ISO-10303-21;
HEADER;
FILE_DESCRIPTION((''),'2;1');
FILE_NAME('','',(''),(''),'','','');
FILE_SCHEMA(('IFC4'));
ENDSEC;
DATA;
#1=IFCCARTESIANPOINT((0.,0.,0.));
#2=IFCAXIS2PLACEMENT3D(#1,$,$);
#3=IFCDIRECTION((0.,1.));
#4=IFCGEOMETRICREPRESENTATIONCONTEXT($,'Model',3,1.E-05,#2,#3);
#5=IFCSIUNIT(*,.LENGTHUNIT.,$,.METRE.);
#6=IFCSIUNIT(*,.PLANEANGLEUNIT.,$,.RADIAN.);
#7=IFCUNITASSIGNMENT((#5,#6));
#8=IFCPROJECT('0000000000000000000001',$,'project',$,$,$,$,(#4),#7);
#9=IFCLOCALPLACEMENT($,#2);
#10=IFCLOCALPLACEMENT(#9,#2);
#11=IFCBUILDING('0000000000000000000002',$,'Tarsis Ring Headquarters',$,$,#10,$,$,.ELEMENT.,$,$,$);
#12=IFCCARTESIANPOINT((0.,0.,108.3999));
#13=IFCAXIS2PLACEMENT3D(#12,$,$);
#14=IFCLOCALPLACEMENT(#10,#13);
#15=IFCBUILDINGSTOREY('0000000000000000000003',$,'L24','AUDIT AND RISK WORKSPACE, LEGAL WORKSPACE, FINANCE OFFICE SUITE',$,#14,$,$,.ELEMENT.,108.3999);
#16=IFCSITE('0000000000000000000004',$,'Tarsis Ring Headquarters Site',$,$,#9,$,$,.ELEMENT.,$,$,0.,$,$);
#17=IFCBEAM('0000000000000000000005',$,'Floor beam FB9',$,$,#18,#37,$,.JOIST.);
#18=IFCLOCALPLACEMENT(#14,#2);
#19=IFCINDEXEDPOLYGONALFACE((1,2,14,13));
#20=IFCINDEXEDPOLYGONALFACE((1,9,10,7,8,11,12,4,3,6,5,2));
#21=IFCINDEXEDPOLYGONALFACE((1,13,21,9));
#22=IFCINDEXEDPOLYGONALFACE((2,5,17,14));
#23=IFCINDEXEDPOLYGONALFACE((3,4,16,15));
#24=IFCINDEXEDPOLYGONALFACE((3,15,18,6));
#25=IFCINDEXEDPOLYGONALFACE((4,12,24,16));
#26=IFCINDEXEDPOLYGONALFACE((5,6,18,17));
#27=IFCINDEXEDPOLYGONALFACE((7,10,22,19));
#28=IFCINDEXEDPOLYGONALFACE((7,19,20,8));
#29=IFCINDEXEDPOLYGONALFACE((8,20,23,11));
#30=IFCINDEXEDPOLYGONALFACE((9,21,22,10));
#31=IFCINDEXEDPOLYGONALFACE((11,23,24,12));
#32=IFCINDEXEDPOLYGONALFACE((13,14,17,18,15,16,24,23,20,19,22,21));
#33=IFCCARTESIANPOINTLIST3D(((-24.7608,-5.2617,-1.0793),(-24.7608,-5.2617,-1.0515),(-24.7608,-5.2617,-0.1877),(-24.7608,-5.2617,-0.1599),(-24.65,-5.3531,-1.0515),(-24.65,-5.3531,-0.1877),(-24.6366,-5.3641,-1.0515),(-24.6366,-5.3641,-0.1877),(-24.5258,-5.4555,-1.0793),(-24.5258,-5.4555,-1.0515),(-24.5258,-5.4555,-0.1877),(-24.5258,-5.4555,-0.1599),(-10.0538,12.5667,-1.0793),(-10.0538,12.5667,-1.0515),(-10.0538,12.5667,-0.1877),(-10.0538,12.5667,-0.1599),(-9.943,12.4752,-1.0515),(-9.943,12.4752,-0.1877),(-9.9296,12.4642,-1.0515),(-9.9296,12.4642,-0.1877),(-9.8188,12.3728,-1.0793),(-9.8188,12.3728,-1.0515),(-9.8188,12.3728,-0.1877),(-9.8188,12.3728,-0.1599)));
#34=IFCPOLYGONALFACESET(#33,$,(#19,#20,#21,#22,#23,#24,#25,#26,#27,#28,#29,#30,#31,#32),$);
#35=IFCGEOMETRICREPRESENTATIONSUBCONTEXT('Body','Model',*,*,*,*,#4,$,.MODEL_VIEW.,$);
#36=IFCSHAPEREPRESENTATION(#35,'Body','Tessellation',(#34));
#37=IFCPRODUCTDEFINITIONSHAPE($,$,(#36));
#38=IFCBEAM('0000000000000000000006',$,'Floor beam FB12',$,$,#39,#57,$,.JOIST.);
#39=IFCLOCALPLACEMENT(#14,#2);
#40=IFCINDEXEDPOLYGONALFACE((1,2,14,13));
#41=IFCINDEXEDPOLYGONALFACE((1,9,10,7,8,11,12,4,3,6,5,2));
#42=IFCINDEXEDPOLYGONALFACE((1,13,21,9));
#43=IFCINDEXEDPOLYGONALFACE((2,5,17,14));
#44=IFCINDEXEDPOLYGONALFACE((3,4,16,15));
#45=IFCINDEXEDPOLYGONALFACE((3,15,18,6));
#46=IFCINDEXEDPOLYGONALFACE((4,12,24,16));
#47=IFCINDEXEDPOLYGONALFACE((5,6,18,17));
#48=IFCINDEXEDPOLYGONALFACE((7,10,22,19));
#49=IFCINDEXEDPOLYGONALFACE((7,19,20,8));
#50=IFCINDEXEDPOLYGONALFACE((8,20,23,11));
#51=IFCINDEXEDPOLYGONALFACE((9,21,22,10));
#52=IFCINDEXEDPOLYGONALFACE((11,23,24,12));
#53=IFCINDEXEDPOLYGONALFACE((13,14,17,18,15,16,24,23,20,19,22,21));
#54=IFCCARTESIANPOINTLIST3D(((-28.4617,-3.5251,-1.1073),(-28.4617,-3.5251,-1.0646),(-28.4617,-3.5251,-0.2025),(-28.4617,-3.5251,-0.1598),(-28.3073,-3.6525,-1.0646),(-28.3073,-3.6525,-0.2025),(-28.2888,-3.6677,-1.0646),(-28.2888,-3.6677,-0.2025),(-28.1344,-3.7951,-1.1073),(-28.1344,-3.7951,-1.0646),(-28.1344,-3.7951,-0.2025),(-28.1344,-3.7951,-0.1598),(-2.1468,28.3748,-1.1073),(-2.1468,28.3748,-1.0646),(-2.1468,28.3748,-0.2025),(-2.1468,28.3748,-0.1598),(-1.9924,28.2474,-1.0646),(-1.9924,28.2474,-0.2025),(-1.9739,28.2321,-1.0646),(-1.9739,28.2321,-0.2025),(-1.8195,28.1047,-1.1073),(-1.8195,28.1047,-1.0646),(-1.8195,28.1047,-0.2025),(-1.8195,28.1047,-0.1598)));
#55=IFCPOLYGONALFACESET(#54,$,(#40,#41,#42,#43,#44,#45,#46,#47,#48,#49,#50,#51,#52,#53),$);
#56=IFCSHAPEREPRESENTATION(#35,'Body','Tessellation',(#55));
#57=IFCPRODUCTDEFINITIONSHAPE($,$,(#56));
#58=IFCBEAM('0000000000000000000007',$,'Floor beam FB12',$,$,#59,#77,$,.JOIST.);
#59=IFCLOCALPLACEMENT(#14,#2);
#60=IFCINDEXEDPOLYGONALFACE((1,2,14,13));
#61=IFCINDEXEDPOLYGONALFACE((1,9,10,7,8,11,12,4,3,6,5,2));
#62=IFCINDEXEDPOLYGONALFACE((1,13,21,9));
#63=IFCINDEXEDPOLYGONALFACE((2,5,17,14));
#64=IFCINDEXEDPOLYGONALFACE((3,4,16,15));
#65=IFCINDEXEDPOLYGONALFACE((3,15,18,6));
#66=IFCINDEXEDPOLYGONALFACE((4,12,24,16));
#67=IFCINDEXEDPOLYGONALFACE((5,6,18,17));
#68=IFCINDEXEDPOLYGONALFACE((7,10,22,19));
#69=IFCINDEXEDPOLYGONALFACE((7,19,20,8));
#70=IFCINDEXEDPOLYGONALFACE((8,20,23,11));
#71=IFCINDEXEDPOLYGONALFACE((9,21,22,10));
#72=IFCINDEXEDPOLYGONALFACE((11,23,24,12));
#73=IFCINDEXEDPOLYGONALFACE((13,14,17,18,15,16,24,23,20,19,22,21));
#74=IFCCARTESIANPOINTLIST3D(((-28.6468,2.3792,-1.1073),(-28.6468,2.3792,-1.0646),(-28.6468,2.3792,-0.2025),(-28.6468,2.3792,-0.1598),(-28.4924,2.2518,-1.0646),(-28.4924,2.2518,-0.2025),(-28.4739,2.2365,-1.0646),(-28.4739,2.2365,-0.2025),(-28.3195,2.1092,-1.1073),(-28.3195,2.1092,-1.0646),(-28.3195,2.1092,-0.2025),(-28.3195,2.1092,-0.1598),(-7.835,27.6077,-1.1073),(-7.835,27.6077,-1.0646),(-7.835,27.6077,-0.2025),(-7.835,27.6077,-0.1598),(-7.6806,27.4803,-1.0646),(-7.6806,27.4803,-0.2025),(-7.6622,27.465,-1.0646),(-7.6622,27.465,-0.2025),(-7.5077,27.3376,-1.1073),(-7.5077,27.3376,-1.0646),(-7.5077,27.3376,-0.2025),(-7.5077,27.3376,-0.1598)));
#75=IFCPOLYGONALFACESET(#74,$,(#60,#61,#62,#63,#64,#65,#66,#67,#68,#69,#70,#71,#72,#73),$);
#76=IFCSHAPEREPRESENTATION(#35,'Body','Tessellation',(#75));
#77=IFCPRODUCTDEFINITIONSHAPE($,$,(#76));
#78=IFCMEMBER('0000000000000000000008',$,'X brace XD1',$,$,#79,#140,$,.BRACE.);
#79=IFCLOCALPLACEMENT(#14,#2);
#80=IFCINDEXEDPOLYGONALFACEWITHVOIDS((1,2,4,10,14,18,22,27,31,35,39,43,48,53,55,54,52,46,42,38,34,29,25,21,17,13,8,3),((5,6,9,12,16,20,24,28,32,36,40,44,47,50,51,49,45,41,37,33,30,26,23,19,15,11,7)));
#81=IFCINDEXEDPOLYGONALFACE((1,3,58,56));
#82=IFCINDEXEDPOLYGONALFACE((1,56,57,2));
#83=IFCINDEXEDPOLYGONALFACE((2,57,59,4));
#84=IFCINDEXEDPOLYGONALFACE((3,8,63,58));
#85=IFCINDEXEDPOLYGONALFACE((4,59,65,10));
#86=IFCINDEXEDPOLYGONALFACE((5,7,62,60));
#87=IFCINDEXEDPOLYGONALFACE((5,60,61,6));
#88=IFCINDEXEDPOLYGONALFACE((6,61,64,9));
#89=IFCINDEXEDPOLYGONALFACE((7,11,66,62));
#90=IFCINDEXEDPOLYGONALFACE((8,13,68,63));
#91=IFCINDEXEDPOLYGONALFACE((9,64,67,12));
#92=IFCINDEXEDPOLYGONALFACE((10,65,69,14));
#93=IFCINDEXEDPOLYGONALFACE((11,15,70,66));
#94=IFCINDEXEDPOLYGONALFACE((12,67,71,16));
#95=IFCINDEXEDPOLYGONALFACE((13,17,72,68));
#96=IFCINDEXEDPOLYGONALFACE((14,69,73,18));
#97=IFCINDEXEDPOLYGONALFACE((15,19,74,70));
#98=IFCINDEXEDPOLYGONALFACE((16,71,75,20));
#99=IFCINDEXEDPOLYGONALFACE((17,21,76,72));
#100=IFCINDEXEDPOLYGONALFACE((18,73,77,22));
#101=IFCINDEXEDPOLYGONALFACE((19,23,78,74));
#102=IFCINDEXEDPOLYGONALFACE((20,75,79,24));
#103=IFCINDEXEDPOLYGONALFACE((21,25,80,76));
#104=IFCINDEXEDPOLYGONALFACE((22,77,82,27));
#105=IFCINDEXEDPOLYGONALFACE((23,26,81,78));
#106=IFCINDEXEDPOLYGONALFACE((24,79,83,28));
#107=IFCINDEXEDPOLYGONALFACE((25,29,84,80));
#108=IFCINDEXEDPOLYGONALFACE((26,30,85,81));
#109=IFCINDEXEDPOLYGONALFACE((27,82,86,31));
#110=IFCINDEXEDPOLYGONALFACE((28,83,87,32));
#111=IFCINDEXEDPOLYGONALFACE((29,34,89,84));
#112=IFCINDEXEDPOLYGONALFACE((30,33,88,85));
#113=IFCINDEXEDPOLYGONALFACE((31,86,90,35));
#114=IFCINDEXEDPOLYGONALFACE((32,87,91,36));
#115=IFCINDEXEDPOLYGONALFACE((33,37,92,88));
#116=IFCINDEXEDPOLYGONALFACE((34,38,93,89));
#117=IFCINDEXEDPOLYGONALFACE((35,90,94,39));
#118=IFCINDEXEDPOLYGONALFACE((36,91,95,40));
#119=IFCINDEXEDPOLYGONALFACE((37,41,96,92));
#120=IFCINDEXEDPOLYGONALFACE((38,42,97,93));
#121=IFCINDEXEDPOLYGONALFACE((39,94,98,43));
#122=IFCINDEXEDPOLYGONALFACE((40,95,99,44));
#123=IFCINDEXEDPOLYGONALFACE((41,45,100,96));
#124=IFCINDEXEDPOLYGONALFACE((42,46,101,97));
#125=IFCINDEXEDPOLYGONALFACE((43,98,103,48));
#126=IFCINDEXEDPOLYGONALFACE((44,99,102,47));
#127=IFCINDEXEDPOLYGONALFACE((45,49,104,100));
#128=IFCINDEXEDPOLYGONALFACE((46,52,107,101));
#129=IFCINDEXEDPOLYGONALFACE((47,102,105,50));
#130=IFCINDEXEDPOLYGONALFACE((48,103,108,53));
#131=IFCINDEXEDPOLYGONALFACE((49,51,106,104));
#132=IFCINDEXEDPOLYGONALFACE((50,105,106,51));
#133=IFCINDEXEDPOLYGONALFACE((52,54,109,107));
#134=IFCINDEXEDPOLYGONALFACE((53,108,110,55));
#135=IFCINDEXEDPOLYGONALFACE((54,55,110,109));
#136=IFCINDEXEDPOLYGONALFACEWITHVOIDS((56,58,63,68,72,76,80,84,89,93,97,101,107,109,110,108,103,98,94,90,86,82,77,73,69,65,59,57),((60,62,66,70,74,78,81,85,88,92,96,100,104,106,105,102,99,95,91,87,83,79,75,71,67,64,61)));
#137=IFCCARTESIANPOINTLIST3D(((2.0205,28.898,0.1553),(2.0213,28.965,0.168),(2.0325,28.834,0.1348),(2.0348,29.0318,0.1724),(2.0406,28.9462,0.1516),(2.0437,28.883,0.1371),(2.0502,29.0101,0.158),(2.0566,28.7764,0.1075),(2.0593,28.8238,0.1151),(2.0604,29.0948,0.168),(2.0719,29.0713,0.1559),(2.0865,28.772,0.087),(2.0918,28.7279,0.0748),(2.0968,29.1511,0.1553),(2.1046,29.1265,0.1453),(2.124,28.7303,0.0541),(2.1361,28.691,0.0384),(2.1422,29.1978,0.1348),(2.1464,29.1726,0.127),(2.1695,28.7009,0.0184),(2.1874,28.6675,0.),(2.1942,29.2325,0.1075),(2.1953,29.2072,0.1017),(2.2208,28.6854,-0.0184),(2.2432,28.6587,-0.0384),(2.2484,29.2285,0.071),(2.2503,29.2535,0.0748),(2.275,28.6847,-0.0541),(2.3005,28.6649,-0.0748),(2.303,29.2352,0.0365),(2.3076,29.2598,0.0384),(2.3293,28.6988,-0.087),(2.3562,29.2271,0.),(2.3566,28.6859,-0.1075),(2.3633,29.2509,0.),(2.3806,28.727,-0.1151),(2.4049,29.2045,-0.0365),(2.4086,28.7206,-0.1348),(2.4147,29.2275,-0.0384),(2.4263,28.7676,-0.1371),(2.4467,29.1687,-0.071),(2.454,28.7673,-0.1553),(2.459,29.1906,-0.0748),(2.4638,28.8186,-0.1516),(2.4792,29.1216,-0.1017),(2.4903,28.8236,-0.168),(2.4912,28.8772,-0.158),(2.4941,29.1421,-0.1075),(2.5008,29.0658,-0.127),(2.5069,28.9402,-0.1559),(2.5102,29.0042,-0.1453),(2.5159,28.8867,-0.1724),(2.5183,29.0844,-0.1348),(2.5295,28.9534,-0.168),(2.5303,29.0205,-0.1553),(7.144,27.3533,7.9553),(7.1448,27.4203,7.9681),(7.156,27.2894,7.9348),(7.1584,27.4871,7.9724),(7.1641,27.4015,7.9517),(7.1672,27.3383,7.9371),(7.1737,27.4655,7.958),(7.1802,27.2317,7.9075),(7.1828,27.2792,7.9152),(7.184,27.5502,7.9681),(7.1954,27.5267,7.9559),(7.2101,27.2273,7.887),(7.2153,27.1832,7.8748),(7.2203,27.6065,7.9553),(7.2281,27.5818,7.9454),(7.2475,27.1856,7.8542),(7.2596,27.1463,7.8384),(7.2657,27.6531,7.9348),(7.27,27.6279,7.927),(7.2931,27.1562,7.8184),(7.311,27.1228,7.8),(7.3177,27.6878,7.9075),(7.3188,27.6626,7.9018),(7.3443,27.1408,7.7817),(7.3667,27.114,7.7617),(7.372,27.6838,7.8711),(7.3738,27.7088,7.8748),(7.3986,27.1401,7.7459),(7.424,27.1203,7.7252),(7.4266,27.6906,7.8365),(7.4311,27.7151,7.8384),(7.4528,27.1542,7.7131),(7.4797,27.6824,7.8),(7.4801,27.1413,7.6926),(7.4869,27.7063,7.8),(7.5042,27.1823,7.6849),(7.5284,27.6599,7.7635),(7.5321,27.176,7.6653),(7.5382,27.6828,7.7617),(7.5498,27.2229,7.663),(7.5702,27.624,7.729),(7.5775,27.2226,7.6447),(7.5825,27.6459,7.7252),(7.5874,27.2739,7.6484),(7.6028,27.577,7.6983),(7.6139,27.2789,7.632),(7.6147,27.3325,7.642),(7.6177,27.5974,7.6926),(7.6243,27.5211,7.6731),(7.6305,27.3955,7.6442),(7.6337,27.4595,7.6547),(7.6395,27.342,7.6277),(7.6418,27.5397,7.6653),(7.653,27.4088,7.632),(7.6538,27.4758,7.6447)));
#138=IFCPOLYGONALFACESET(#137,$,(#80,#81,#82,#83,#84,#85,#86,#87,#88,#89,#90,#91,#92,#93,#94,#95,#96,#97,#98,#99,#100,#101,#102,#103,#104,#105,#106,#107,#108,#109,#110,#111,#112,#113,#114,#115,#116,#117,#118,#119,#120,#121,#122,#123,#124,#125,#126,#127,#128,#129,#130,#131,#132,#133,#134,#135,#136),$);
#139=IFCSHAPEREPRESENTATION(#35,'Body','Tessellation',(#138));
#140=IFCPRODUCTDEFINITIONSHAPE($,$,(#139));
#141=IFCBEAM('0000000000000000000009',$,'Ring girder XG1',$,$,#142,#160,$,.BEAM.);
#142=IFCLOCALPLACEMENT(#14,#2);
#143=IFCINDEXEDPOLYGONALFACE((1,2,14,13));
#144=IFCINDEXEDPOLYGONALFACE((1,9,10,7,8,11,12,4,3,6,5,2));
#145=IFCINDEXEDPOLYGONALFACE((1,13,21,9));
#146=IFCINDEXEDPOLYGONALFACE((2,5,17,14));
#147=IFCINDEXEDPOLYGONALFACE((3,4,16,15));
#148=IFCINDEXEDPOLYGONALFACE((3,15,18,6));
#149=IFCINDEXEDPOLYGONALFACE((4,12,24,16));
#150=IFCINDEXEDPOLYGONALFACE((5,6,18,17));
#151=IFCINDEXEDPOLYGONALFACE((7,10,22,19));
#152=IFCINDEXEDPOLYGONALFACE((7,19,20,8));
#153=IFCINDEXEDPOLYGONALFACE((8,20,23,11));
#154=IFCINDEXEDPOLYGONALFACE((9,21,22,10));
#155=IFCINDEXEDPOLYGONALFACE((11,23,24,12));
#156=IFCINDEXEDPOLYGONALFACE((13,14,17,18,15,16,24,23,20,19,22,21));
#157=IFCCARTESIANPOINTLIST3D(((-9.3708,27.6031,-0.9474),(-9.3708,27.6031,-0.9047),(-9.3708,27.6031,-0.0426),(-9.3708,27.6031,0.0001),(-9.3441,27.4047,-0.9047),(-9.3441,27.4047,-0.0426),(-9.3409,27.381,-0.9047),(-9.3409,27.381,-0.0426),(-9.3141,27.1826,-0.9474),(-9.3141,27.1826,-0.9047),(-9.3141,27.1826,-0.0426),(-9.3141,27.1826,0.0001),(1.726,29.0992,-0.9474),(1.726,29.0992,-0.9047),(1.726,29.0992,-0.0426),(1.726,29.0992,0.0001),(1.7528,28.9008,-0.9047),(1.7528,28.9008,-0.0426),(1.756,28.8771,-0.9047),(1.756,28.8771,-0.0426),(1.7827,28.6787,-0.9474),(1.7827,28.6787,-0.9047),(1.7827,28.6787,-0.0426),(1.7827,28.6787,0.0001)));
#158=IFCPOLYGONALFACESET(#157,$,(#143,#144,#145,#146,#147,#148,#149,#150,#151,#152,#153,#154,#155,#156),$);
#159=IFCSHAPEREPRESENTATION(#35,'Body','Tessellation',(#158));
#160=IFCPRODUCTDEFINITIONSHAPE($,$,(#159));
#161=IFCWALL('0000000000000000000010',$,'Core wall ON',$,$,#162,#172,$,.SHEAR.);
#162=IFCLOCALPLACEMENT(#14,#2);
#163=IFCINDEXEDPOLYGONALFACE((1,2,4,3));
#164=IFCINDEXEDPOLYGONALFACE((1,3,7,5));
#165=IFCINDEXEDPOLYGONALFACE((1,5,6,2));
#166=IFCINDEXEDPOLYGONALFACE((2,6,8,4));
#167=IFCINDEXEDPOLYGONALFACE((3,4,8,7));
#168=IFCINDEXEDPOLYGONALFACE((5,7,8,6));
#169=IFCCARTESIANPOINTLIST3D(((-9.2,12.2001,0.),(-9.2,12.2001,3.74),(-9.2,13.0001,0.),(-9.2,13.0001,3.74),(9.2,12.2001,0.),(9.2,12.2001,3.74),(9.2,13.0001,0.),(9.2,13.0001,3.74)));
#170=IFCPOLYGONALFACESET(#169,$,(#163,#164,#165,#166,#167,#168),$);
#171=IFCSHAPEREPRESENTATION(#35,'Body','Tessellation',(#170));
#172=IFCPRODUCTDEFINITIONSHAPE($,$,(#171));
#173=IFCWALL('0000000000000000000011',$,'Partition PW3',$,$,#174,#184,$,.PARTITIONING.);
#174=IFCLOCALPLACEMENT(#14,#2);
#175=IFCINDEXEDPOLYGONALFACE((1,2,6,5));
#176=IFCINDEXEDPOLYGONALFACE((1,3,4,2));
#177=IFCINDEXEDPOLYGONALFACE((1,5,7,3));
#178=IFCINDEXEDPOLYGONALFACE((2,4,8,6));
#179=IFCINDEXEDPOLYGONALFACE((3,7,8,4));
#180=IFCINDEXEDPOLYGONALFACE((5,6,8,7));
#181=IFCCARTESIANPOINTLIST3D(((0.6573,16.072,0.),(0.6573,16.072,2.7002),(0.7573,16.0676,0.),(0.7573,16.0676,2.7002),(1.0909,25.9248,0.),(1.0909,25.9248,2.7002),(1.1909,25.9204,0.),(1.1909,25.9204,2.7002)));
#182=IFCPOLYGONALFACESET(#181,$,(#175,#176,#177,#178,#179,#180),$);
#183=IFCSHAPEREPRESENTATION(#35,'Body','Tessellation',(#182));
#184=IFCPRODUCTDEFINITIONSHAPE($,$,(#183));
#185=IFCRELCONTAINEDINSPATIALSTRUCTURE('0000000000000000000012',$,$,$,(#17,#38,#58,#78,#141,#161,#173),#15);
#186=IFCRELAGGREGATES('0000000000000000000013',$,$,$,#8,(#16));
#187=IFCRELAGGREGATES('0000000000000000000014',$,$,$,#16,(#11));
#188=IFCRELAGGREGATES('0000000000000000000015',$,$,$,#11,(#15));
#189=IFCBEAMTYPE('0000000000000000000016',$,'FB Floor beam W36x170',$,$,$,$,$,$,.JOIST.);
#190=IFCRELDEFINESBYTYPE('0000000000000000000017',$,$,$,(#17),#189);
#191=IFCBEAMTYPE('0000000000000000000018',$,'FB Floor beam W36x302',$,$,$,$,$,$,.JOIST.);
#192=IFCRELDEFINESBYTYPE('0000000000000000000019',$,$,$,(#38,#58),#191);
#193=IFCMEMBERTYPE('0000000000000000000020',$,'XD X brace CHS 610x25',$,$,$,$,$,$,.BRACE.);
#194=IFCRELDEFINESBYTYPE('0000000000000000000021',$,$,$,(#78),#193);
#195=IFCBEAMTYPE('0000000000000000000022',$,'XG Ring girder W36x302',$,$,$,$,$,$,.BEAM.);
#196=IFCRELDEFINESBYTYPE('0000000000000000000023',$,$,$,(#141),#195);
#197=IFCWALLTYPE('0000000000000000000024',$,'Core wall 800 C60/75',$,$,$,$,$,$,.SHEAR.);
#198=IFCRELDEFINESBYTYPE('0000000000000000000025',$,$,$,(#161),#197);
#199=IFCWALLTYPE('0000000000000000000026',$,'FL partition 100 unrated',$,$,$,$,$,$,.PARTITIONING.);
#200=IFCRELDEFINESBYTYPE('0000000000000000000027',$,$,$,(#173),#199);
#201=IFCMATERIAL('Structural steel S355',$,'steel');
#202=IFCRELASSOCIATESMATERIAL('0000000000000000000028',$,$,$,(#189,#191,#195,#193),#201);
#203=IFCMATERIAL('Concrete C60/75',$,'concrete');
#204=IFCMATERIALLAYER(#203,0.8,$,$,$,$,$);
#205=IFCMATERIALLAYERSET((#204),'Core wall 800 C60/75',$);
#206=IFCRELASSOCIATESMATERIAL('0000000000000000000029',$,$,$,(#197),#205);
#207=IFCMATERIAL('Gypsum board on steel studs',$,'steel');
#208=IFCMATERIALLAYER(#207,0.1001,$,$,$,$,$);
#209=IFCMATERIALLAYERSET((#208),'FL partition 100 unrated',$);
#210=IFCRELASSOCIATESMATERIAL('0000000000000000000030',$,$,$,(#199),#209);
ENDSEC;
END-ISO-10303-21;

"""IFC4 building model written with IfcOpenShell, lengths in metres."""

from ifc_helpers import new_model, si_unit, direction, frame, frame_2d, origin, origin_2d, place, context, subcontext, project, spatial, rectangle, hollow_circle, i_section, extrude, material, layer, layer_set, material_profile, profile_set, type_object, element, save


model = new_model("IFC4")

# Units and contexts
model_context = context("Model", 3, precision=1e-05, world=origin(), true_north=direction((0.0, 1.0)))
body_context = subcontext(model_context, "Body", "Model", "MODEL_VIEW")
ifc_project = project(units=[si_unit("LENGTHUNIT", "METRE"), si_unit("PLANEANGLEUNIT", "RADIAN")], contexts=[model_context])

# Site, building, storey
site_placement = place(None, origin())
site = spatial("IfcSite", under=ifc_project, at=site_placement, Name="Tarsis Ring Headquarters Site", CompositionType="ELEMENT", RefElevation=0.0)
building_placement = place(site_placement, origin())
building = spatial("IfcBuilding", under=site, at=building_placement, Name="Tarsis Ring Headquarters", CompositionType="ELEMENT")
storey_placement = place(building_placement, frame((0.0, 0.0, 108.3999)))
storey = spatial("IfcBuildingStorey", under=building, at=storey_placement, Name="L24", Description="AUDIT AND RISK WORKSPACE, LEGAL WORKSPACE, FINANCE OFFICE SUITE", CompositionType="ELEMENT", Elevation=108.3999)

# Shared definitions
ifc_material_1 = material(Name="Structural steel S355", Category="steel")

# Beams
ifc_material_profile_1 = material_profile(ifc_material_1, i_section(OverallWidth=0.3047, OverallDepth=0.9194, WebThickness=0.0173, FlangeThickness=0.0278, at=origin_2d()), Name="W36x170")
ifc_profile_set_1 = profile_set([ifc_material_profile_1], Name="Structural steel S355")
beam_type_1 = type_object("IfcBeamType", Name="FB Floor beam W36x170", PredefinedType="JOIST", material=ifc_profile_set_1)
beam_1_placement = place(storey_placement, frame((-9.9363, 12.4697, -0.6196), z_axis=(-0.636348, -0.771402, 0.0), x_axis=(0.771402, -0.636348, 0.0)))
element("IfcBeam", 1, at=beam_1_placement, inside=storey, type_object=beam_type_1, Name="Floor beam FB9", PredefinedType="JOIST", context=body_context, shape_type="SweptSolid", body=[
    extrude(i_section(OverallWidth=0.3047, OverallDepth=0.9194, WebThickness=0.0173, FlangeThickness=0.0278, at=origin_2d()), origin(), (0.0, 0.0, 1.0), 23.1116),
])
ifc_material_profile_2 = material_profile(ifc_material_1, i_section(OverallWidth=0.4243, OverallDepth=0.9475, WebThickness=0.0239, FlangeThickness=0.0427, at=origin_2d()), Name="W36x302")
ifc_profile_set_2 = profile_set([ifc_material_profile_2], Name="Structural steel S355")
beam_type_2 = type_object("IfcBeamType", Name="FB Floor beam W36x302", PredefinedType="JOIST", material=ifc_profile_set_2)
beam_2_placement = place(storey_placement, frame((-1.9832, 28.2397, -0.6335), z_axis=(-0.636347, -0.771403, 0.0), x_axis=(0.771403, -0.636347, 0.0)))
element("IfcBeam", 2, at=beam_2_placement, inside=storey, type_object=beam_type_2, Name="Floor beam FB12", PredefinedType="JOIST", context=body_context, shape_type="SweptSolid", body=[
    extrude(i_section(OverallWidth=0.4243, OverallDepth=0.9475, WebThickness=0.0239, FlangeThickness=0.0427, at=origin_2d()), origin(), (0.0, 0.0, 1.0), 41.353),
])
beam_3_placement = place(storey_placement, frame((-7.6714, 27.4727, -0.6335), z_axis=(-0.636351, -0.7714, 0.0), x_axis=(0.7714, -0.636351, 0.0)))
element("IfcBeam", 3, at=beam_3_placement, inside=storey, type_object=beam_type_2, Name="Floor beam FB12", PredefinedType="JOIST", context=body_context, shape_type="SweptSolid", body=[
    extrude(i_section(OverallWidth=0.4243, OverallDepth=0.9475, WebThickness=0.0239, FlangeThickness=0.0427, at=origin_2d()), origin(), (0.0, 0.0, 1.0), 32.7048),
])

# Member
ifc_material_profile_3 = material_profile(ifc_material_1, hollow_circle(Radius=0.3047, WallThickness=0.0249, at=origin_2d()), Name="CHS 610x25")
ifc_profile_set_3 = profile_set([ifc_material_profile_3], Name="Structural steel S355")
member_type = type_object("IfcMemberType", Name="XD X brace CHS 610x25", PredefinedType="BRACE", material=ifc_profile_set_3)
member_placement = place(storey_placement, frame((2.2754, 28.9592, 0.0), z_axis=(0.541643, -0.163298, 0.824595), x_axis=(0.288654, 0.957434, 0.0)))
element("IfcMember", 4, at=member_placement, inside=storey, type_object=member_type, Name="X brace XD1", PredefinedType="BRACE", context=body_context, shape_type="SweptSolid", body=[
    extrude(hollow_circle(Radius=0.3047, WallThickness=0.0249, at=origin_2d()), origin(), (0.0, 0.0, 1.0), 9.4592),
])

# Beam
beam_type_3 = type_object("IfcBeamType", Name="XG Ring girder W36x302", PredefinedType="BEAM", material=ifc_profile_set_2)
beam_4_placement = place(storey_placement, frame((1.7544, 28.8889, -0.4736), z_axis=(-0.991034, -0.133612, 0.0), x_axis=(0.133612, -0.991034, 0.0)))
element("IfcBeam", 5, at=beam_4_placement, inside=storey, type_object=beam_type_3, Name="Ring girder XG1", PredefinedType="BEAM", context=body_context, shape_type="SweptSolid", body=[
    extrude(i_section(OverallWidth=0.4243, OverallDepth=0.9475, WebThickness=0.0239, FlangeThickness=0.0427, at=origin_2d()), origin(), (0.0, 0.0, 1.0), 11.1973),
])

# Walls
ifc_material_2 = material(Name="Concrete C60/75", Category="concrete")
ifc_layer_1 = layer(ifc_material_2, 0.8)
ifc_layer_set_1 = layer_set([ifc_layer_1], Name="Core wall 800 C60/75")
wall_type_1 = type_object("IfcWallType", Name="Core wall 800 C60/75", PredefinedType="SHEAR", material=ifc_layer_set_1)
wall_1_placement = place(storey_placement, frame((-9.2, 12.6001, 0.0), z_axis=(0.0, 0.0, 1.0), x_axis=(1.0, 0.0, 0.0)))
element("IfcWall", 6, at=wall_1_placement, inside=storey, type_object=wall_type_1, Name="Core wall ON", PredefinedType="SHEAR", context=body_context, shape_type="SweptSolid", body=[
    extrude(rectangle(XDim=18.3999, YDim=0.8, at=frame_2d((9.2, 0.0))), origin(), (0.0, 0.0, 1.0), 3.74),
])
ifc_material_3 = material(Name="Gypsum board on steel studs", Category="steel")
ifc_layer_2 = layer(ifc_material_3, 0.1001)
ifc_layer_set_2 = layer_set([ifc_layer_2], Name="FL partition 100 unrated")
wall_type_2 = type_object("IfcWallType", Name="FL partition 100 unrated", PredefinedType="PARTITIONING", material=ifc_layer_set_2)
wall_2_placement = place(storey_placement, frame((0.7073, 16.0698, 0.0), z_axis=(0.0, 0.0, 1.0), x_axis=(0.043965, 0.999033, 0.0)))
element("IfcWall", 7, at=wall_2_placement, inside=storey, type_object=wall_type_2, Name="Partition PW3", PredefinedType="PARTITIONING", context=body_context, shape_type="SweptSolid", body=[
    extrude(rectangle(XDim=9.8623, YDim=0.1001, at=frame_2d((4.9312, 0.0))), origin(), (0.0, 0.0, 1.0), 2.7002),
])

save(model, "model.ifc")
